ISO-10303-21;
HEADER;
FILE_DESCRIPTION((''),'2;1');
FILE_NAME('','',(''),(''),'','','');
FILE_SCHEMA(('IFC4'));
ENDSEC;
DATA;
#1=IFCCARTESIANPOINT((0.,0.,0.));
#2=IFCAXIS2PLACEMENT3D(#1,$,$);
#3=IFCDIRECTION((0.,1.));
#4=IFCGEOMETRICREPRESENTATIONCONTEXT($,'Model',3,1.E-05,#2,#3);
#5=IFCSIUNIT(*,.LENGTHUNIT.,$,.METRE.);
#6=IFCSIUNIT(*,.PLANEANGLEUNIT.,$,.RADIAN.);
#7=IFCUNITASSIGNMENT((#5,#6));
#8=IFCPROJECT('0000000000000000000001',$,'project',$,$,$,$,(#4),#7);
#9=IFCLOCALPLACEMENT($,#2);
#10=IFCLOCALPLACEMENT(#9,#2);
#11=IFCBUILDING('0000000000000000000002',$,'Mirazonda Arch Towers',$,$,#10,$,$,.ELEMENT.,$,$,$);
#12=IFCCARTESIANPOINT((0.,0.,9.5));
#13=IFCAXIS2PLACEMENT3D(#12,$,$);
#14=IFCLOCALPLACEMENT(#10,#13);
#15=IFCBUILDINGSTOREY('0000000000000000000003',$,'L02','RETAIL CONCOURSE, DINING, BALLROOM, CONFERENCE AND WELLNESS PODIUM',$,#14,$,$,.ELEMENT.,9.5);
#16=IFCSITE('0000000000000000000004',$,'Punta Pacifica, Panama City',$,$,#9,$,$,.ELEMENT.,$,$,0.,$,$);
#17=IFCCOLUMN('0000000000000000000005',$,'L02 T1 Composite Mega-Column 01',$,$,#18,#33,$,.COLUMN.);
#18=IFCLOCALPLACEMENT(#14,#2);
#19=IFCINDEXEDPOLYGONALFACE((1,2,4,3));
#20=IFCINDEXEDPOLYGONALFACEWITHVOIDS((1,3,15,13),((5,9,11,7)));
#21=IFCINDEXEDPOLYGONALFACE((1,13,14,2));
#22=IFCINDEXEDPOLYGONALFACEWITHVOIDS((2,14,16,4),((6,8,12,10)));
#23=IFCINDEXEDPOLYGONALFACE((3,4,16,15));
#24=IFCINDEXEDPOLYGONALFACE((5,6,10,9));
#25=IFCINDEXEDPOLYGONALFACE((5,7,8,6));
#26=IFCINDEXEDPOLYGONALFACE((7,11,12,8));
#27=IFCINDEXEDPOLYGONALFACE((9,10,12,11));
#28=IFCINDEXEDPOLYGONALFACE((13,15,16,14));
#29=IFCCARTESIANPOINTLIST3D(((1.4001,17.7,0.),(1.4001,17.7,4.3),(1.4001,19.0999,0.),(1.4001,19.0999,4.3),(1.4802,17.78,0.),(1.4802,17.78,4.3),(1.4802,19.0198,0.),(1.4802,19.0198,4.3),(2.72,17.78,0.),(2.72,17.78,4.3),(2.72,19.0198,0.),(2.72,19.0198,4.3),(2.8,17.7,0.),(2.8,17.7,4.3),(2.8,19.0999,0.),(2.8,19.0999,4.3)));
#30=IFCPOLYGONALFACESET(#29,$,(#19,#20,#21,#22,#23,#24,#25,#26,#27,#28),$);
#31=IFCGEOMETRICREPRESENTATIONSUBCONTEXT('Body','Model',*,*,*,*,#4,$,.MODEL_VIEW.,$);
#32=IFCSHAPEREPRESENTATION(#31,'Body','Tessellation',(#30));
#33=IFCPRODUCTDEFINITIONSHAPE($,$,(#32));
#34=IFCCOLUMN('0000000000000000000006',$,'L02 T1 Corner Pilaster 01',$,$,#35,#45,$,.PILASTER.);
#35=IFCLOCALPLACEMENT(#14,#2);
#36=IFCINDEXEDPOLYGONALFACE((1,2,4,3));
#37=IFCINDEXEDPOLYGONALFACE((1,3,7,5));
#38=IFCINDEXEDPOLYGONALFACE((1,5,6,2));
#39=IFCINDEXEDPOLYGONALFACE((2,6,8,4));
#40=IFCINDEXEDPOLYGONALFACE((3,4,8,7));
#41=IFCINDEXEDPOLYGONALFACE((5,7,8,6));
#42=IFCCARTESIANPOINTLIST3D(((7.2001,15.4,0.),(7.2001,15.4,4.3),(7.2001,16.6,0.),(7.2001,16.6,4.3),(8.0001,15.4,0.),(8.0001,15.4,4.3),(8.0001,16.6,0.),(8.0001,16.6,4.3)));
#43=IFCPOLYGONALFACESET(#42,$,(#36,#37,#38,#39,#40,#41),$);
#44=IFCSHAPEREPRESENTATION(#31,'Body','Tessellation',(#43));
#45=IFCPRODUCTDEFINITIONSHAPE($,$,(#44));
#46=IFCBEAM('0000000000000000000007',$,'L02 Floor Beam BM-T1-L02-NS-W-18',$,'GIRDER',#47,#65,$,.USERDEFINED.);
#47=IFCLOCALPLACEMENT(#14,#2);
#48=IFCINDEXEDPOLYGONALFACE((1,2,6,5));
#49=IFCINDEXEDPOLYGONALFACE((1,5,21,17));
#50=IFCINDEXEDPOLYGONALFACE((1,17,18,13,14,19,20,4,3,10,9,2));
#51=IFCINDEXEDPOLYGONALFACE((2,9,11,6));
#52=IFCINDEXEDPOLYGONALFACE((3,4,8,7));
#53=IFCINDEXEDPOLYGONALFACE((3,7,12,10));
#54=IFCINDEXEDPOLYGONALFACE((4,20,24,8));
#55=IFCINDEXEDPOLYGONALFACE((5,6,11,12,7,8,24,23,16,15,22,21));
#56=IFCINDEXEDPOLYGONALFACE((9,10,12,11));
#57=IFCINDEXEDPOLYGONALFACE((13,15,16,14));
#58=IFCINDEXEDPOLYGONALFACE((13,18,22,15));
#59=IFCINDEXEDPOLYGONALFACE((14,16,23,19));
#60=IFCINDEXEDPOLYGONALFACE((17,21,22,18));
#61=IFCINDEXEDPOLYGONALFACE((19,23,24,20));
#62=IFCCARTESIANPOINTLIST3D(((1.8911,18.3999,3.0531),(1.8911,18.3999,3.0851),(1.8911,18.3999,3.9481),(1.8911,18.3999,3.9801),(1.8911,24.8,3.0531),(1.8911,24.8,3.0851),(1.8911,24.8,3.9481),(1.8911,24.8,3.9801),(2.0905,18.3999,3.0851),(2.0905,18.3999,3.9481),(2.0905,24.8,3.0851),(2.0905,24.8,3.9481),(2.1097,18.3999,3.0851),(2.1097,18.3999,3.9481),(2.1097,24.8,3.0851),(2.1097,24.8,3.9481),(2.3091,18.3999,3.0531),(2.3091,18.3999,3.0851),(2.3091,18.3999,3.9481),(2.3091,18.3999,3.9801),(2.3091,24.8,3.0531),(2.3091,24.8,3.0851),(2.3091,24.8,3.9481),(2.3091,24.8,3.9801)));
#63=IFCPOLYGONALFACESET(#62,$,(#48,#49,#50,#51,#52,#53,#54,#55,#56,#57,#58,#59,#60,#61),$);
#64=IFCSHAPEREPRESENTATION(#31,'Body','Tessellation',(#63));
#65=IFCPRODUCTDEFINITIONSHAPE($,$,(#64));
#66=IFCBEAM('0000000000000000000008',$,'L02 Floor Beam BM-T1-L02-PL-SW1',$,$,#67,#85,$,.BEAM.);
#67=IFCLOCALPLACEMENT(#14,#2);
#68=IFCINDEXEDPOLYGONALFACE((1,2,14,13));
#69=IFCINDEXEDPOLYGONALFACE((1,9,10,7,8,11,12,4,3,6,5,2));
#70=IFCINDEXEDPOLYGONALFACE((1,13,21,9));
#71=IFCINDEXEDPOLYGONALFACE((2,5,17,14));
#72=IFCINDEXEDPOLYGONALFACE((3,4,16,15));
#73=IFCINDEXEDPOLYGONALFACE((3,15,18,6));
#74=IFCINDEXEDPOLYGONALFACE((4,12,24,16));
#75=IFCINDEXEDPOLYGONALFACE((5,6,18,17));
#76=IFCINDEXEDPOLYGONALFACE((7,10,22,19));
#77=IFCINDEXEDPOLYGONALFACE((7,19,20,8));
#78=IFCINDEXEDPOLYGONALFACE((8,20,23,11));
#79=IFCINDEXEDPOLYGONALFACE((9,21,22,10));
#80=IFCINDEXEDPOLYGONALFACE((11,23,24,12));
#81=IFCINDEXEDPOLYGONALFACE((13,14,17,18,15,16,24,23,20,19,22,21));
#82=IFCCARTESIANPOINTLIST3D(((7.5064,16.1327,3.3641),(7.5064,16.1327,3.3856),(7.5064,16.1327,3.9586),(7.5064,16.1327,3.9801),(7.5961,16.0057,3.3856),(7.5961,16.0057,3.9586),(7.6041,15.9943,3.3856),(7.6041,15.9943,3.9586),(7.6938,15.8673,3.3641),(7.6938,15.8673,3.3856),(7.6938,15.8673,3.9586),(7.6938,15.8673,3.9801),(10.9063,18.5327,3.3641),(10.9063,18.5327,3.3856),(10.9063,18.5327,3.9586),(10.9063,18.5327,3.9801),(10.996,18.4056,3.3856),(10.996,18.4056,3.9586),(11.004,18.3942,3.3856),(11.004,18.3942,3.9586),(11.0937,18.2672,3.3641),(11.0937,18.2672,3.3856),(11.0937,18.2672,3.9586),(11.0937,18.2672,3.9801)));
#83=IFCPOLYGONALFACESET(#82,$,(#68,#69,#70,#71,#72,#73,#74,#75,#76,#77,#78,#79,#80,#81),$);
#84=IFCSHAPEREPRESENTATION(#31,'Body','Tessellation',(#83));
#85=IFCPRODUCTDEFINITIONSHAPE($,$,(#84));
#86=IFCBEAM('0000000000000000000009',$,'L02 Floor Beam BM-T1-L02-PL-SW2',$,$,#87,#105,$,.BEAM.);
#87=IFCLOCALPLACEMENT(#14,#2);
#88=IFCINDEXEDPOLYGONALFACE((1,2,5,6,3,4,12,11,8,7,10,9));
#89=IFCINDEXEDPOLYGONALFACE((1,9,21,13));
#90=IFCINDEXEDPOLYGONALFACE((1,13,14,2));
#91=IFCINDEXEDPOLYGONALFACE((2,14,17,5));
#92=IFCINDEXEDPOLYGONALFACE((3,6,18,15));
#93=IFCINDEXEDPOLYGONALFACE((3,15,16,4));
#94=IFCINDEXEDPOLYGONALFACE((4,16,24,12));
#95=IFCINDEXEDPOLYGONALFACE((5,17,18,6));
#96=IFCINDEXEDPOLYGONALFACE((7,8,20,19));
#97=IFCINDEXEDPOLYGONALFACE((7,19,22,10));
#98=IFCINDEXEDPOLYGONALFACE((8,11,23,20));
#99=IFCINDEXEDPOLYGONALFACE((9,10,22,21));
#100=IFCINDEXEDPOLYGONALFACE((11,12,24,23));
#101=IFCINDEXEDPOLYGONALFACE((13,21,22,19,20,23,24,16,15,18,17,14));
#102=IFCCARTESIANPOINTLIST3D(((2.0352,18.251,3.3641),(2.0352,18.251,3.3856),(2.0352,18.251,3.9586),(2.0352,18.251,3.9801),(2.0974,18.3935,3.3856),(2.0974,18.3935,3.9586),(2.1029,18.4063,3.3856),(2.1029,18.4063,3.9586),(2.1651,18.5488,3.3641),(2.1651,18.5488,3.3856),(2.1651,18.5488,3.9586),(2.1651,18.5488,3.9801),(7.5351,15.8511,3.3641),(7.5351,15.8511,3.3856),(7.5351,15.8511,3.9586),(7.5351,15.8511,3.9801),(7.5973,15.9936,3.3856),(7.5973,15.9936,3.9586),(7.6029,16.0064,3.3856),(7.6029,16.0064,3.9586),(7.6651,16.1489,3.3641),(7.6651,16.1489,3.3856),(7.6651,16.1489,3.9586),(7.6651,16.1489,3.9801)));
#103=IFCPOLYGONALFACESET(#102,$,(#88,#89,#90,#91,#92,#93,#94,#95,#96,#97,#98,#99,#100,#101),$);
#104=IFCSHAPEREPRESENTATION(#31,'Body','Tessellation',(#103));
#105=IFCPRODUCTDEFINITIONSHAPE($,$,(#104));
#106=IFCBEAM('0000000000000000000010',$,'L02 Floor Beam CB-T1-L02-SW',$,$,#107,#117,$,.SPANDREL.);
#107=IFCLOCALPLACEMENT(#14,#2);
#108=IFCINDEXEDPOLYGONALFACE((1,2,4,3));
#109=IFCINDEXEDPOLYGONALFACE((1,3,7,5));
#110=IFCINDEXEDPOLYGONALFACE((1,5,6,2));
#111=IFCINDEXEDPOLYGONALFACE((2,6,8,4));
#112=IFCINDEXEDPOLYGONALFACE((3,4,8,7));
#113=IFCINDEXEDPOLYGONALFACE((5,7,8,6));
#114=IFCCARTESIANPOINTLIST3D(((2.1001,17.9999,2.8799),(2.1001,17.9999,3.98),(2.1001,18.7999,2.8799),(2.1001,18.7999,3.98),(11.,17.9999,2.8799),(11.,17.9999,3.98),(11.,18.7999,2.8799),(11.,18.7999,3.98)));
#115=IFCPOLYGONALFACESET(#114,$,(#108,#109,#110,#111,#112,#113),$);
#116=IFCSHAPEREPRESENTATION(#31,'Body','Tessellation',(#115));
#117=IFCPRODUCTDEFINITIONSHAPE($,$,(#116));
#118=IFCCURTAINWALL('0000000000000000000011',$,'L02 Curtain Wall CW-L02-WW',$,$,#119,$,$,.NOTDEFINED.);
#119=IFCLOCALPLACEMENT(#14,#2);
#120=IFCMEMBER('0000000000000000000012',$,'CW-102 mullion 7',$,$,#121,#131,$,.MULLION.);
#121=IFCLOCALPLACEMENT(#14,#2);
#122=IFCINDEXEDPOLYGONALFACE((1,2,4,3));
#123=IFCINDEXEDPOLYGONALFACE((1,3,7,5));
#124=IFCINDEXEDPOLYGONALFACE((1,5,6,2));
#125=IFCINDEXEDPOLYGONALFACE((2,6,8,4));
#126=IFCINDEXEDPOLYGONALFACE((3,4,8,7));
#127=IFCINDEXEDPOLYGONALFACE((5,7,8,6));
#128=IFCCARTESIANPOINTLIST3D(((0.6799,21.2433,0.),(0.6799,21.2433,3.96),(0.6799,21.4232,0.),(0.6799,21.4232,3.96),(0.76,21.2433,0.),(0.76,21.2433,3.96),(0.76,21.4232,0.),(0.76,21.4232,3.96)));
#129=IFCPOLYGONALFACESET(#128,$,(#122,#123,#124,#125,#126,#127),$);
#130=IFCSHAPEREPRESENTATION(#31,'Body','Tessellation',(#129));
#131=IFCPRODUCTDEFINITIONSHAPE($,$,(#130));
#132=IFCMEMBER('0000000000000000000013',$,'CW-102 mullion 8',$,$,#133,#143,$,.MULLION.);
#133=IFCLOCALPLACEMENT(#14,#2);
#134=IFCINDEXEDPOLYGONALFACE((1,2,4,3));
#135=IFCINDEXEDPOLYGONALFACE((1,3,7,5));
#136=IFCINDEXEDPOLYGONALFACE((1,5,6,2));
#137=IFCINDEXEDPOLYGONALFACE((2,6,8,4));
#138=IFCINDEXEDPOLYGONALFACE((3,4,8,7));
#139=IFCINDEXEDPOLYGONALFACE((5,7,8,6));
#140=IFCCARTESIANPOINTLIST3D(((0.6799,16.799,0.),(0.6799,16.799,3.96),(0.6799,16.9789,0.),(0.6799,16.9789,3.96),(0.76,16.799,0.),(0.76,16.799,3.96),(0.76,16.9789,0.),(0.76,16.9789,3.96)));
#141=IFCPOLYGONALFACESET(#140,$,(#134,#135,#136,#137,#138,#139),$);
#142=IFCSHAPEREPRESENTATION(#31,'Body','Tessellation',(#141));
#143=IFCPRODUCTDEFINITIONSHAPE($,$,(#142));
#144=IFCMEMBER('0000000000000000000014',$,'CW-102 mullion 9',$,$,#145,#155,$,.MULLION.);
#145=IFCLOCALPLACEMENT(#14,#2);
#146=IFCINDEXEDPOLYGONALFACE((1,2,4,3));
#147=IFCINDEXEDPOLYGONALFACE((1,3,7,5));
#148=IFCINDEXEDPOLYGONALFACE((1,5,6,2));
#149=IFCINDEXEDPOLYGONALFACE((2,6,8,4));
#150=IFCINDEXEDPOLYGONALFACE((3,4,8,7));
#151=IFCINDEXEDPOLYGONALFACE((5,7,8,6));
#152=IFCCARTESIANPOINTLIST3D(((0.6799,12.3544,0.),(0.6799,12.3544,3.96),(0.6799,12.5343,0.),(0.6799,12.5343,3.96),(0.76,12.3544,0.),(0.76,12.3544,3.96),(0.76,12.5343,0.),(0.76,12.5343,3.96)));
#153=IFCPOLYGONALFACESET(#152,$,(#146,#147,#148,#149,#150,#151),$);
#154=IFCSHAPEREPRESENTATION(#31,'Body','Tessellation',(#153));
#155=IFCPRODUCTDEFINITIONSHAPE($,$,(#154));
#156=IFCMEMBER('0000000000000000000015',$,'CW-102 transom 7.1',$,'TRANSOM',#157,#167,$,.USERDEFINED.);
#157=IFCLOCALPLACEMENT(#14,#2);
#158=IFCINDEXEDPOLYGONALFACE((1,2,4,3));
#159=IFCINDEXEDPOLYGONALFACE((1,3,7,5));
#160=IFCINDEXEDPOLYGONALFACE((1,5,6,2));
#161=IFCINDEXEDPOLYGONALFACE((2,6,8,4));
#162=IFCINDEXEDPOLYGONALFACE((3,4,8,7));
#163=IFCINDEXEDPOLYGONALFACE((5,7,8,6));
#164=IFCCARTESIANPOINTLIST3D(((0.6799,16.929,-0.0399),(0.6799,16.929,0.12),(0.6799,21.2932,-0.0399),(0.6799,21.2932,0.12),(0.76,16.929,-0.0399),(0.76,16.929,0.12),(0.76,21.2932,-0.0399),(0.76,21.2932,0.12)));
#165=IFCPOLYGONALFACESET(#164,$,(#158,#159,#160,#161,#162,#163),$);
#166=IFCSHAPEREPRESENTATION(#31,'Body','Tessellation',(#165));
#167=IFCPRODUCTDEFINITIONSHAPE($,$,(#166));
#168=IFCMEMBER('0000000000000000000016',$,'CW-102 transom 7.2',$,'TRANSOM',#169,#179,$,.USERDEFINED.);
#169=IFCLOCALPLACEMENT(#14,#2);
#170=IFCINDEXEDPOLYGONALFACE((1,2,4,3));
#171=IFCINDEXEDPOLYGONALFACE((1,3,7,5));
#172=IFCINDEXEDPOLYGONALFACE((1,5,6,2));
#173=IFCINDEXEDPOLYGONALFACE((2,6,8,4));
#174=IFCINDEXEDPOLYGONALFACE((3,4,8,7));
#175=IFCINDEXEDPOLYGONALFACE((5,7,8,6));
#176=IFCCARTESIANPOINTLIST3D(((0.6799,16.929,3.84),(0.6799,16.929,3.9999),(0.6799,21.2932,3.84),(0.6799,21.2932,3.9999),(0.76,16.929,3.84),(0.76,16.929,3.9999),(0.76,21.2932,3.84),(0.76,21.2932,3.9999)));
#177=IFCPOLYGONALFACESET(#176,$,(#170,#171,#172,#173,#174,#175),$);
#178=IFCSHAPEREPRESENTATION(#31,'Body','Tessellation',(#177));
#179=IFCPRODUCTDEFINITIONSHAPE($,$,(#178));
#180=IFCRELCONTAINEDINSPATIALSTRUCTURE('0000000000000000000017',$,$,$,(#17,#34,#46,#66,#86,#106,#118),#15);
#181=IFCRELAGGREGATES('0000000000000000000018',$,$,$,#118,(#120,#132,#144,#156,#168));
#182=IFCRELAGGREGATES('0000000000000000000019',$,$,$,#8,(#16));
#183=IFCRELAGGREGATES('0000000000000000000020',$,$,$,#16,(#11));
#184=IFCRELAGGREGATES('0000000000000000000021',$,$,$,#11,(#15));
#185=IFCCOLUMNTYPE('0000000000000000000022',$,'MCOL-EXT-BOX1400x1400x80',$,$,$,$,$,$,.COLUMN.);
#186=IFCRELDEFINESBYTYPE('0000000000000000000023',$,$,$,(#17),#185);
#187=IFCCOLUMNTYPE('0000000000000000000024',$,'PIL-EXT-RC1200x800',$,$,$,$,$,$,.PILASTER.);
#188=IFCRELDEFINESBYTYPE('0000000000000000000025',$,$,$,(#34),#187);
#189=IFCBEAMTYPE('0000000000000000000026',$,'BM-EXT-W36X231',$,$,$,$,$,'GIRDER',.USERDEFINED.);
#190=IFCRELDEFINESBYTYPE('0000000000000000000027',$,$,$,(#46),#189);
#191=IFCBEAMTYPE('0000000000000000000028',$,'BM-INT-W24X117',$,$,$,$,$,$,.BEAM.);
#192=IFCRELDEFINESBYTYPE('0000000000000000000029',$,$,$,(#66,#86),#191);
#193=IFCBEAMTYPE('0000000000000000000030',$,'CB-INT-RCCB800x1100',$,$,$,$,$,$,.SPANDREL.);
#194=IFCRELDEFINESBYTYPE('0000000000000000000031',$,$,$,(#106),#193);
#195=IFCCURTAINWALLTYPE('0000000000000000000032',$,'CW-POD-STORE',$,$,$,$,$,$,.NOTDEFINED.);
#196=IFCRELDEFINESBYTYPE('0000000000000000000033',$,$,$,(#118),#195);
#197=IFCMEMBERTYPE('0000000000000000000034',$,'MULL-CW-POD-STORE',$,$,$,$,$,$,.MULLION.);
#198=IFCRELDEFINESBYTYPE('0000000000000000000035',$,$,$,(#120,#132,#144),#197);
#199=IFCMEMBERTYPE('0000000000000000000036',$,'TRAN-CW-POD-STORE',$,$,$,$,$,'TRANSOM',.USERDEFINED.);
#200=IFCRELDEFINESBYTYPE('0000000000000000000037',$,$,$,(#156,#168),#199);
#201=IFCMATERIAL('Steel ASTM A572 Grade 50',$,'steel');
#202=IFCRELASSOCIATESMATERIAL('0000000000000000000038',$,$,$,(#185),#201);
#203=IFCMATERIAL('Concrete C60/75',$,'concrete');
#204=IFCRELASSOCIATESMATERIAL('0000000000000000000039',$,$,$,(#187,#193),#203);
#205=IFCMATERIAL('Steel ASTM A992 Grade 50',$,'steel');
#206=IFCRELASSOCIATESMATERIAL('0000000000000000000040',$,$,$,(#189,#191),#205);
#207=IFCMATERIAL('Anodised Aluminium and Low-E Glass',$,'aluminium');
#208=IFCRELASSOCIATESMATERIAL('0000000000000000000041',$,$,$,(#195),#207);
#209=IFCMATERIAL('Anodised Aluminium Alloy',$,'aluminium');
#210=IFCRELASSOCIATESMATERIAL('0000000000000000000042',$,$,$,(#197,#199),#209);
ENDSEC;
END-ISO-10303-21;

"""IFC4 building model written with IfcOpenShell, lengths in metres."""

from ifc_helpers import new_model, si_unit, direction, frame, origin, origin_2d, place, context, subcontext, project, spatial, rectangle, hollow_rectangle, i_section, extrude, material, material_profile, profile_set, type_object, element, aggregate, save


model = new_model("IFC4")

# Units and contexts
model_context = context("Model", 3, precision=1e-05, world=origin(), true_north=direction((0.0, 1.0)))
body_context = subcontext(model_context, "Body", "Model", "MODEL_VIEW")
ifc_project = project(units=[si_unit("LENGTHUNIT", "METRE"), si_unit("PLANEANGLEUNIT", "RADIAN")], contexts=[model_context])

# Site, building, storey
site_placement = place(None, origin())
site = spatial("IfcSite", under=ifc_project, at=site_placement, Name="Punta Pacifica, Panama City", CompositionType="ELEMENT", RefElevation=0.0)
building_placement = place(site_placement, origin())
building = spatial("IfcBuilding", under=site, at=building_placement, Name="Mirazonda Arch Towers", CompositionType="ELEMENT")
storey_placement = place(building_placement, frame((0.0, 0.0, 9.5)))
storey = spatial("IfcBuildingStorey", under=building, at=storey_placement, Name="L02", Description="RETAIL CONCOURSE, DINING, BALLROOM, CONFERENCE AND WELLNESS PODIUM", CompositionType="ELEMENT", Elevation=9.5)

# Columns
ifc_material_1 = material(Name="Steel ASTM A572 Grade 50", Category="steel")
ifc_material_profile_1 = material_profile(ifc_material_1, hollow_rectangle(XDim=1.3999, YDim=1.3999, WallThickness=0.0801, at=origin_2d()), Name="BOX1400x1400x80")
ifc_profile_set_1 = profile_set([ifc_material_profile_1], Name="Steel ASTM A572 Grade 50")
column_type_1 = type_object("IfcColumnType", Name="MCOL-EXT-BOX1400x1400x80", PredefinedType="COLUMN", material=ifc_profile_set_1)
column_1_placement = place(storey_placement, frame((2.1001, 18.3999, 0.0), z_axis=(0.0, 0.0, 1.0), x_axis=(1.0, 0.0, 0.0)))
element("IfcColumn", 1, at=column_1_placement, inside=storey, type_object=column_type_1, Name="L02 T1 Composite Mega-Column 01", PredefinedType="COLUMN", context=body_context, shape_type="SweptSolid", body=[
    extrude(hollow_rectangle(XDim=1.3999, YDim=1.3999, WallThickness=0.0801, at=origin_2d()), origin(), (0.0, 0.0, 1.0), 4.3),
])
ifc_material_2 = material(Name="Concrete C60/75", Category="concrete")
ifc_material_profile_2 = material_profile(ifc_material_2, rectangle(XDim=0.8, YDim=1.2, at=origin_2d()), Name="RC1200x800")
ifc_profile_set_2 = profile_set([ifc_material_profile_2], Name="Concrete C60/75")
column_type_2 = type_object("IfcColumnType", Name="PIL-EXT-RC1200x800", PredefinedType="PILASTER", material=ifc_profile_set_2)
column_2_placement = place(storey_placement, frame((7.6001, 16.0, 0.0), z_axis=(0.0, 0.0, 1.0), x_axis=(1.0, 0.0, 0.0)))
element("IfcColumn", 2, at=column_2_placement, inside=storey, type_object=column_type_2, Name="L02 T1 Corner Pilaster 01", PredefinedType="PILASTER", context=body_context, shape_type="SweptSolid", body=[
    extrude(rectangle(XDim=0.8, YDim=1.2, at=origin_2d()), origin(), (0.0, 0.0, 1.0), 4.3),
])

# Beams
ifc_material_3 = material(Name="Steel ASTM A992 Grade 50", Category="steel")
ifc_material_profile_3 = material_profile(ifc_material_3, i_section(OverallWidth=0.418, OverallDepth=0.927, WebThickness=0.0193, FlangeThickness=0.032, at=origin_2d()), Name="W36X231")
ifc_profile_set_3 = profile_set([ifc_material_profile_3], Name="Steel ASTM A992 Grade 50")
beam_type_1 = type_object("IfcBeamType", Name="BM-EXT-W36X231", ElementType="GIRDER", PredefinedType="USERDEFINED", material=ifc_profile_set_3)
beam_1_placement = place(storey_placement, frame((2.1001, 18.3999, 3.5166), z_axis=(0.0, 1.0, 0.0), x_axis=(-1.0, 0.0, 0.0)))
element("IfcBeam", 3, at=beam_1_placement, inside=storey, type_object=beam_type_1, Name="L02 Floor Beam BM-T1-L02-NS-W-18", ObjectType="GIRDER", PredefinedType="USERDEFINED", context=body_context, shape_type="SweptSolid", body=[
    extrude(i_section(OverallWidth=0.418, OverallDepth=0.927, WebThickness=0.0193, FlangeThickness=0.032, at=origin_2d()), origin(), (0.0, 0.0, 1.0), 6.4001),
])
ifc_material_profile_4 = material_profile(ifc_material_3, i_section(OverallWidth=0.325, OverallDepth=0.616, WebThickness=0.0139, FlangeThickness=0.0215, at=origin_2d()), Name="W24X117")
ifc_profile_set_4 = profile_set([ifc_material_profile_4], Name="Steel ASTM A992 Grade 50")
beam_type_2 = type_object("IfcBeamType", Name="BM-INT-W24X117", PredefinedType="BEAM", material=ifc_profile_set_4)
beam_2_placement = place(storey_placement, frame((7.6001, 16.0, 3.6721), z_axis=(0.816971, 0.576679, 0.0), x_axis=(-0.576679, 0.816971, 0.0)))
element("IfcBeam", 4, at=beam_2_placement, inside=storey, type_object=beam_type_2, Name="L02 Floor Beam BM-T1-L02-PL-SW1", PredefinedType="BEAM", context=body_context, shape_type="SweptSolid", body=[
    extrude(i_section(OverallWidth=0.325, OverallDepth=0.616, WebThickness=0.0139, FlangeThickness=0.0215, at=origin_2d()), origin(), (0.0, 0.0, 1.0), 4.1616),
])
beam_3_placement = place(storey_placement, frame((7.6001, 16.0, 3.6721), z_axis=(-0.916545, 0.399931, 0.0), x_axis=(-0.399931, -0.916545, 0.0)))
element("IfcBeam", 5, at=beam_3_placement, inside=storey, type_object=beam_type_2, Name="L02 Floor Beam BM-T1-L02-PL-SW2", PredefinedType="BEAM", context=body_context, shape_type="SweptSolid", body=[
    extrude(i_section(OverallWidth=0.325, OverallDepth=0.616, WebThickness=0.0139, FlangeThickness=0.0215, at=origin_2d()), origin(), (0.0, 0.0, 1.0), 6.0007),
])
ifc_material_profile_5 = material_profile(ifc_material_2, rectangle(XDim=0.8, YDim=1.1001, at=origin_2d()), Name="RCCB800x1100")
ifc_profile_set_5 = profile_set([ifc_material_profile_5], Name="Concrete C60/75")
beam_type_3 = type_object("IfcBeamType", Name="CB-INT-RCCB800x1100", PredefinedType="SPANDREL", material=ifc_profile_set_5)
beam_4_placement = place(storey_placement, frame((2.1001, 18.3999, 3.4299), z_axis=(1.0, 0.0, 0.0), x_axis=(0.0, 1.0, 0.0)))
element("IfcBeam", 6, at=beam_4_placement, inside=storey, type_object=beam_type_3, Name="L02 Floor Beam CB-T1-L02-SW", PredefinedType="SPANDREL", context=body_context, shape_type="SweptSolid", body=[
    extrude(rectangle(XDim=0.8, YDim=1.1001, at=origin_2d()), origin(), (0.0, 0.0, 1.0), 8.8999),
])

# Curtain wall, members
ifc_material_4 = material(Name="Anodised Aluminium and Low-E Glass", Category="aluminium")
curtain_wall_type = type_object("IfcCurtainWallType", Name="CW-POD-STORE", PredefinedType="NOTDEFINED", material=ifc_material_4)
curtain_wall_placement = place(storey_placement, origin())
curtain_wall = element("IfcCurtainWall", 7, at=curtain_wall_placement, inside=storey, type_object=curtain_wall_type, Name="L02 Curtain Wall CW-L02-WW", PredefinedType="NOTDEFINED")
ifc_material_5 = material(Name="Anodised Aluminium Alloy", Category="aluminium")
ifc_material_profile_6 = material_profile(ifc_material_5, rectangle(XDim=0.0801, YDim=0.1799, at=origin_2d()), Name="ALU-MULL-80x180")
ifc_profile_set_6 = profile_set([ifc_material_profile_6], Name="Anodised Aluminium Alloy")
member_type_1 = type_object("IfcMemberType", Name="MULL-CW-POD-STORE", PredefinedType="MULLION", material=ifc_profile_set_6)
member_1_placement = place(storey_placement, frame((0.72, 21.3333, 0.0), z_axis=(0.0, 0.0, 1.0), x_axis=(1.0, 0.0, 0.0)))
member_1 = element("IfcMember", 8, at=member_1_placement, type_object=member_type_1, Name="CW-102 mullion 7", PredefinedType="MULLION", context=body_context, shape_type="SweptSolid", body=[
    extrude(rectangle(XDim=0.0801, YDim=0.1799, at=origin_2d()), origin(), (0.0, 0.0, 1.0), 3.96),
])
member_2_placement = place(storey_placement, frame((0.72, 16.8889, 0.0), z_axis=(0.0, 0.0, 1.0), x_axis=(1.0, 0.0, 0.0)))
member_2 = element("IfcMember", 9, at=member_2_placement, type_object=member_type_1, Name="CW-102 mullion 8", PredefinedType="MULLION", context=body_context, shape_type="SweptSolid", body=[
    extrude(rectangle(XDim=0.0801, YDim=0.1799, at=origin_2d()), origin(), (0.0, 0.0, 1.0), 3.96),
])
member_3_placement = place(storey_placement, frame((0.72, 12.4443, 0.0), z_axis=(0.0, 0.0, 1.0), x_axis=(1.0, 0.0, 0.0)))
member_3 = element("IfcMember", 10, at=member_3_placement, type_object=member_type_1, Name="CW-102 mullion 9", PredefinedType="MULLION", context=body_context, shape_type="SweptSolid", body=[
    extrude(rectangle(XDim=0.0801, YDim=0.1799, at=origin_2d()), origin(), (0.0, 0.0, 1.0), 3.96),
])
ifc_material_profile_7 = material_profile(ifc_material_5, rectangle(XDim=0.0801, YDim=0.1599, at=origin_2d()), Name="ALU-TRAN-80x160")
ifc_profile_set_7 = profile_set([ifc_material_profile_7], Name="Anodised Aluminium Alloy")
member_type_2 = type_object("IfcMemberType", Name="TRAN-CW-POD-STORE", ElementType="TRANSOM", PredefinedType="USERDEFINED", material=ifc_profile_set_7)
member_4_placement = place(storey_placement, frame((0.72, 21.2932, 0.04), z_axis=(0.0, -1.0, 0.0), x_axis=(1.0, 0.0, 0.0)))
member_4 = element("IfcMember", 11, at=member_4_placement, type_object=member_type_2, Name="CW-102 transom 7.1", ObjectType="TRANSOM", PredefinedType="USERDEFINED", context=body_context, shape_type="SweptSolid", body=[
    extrude(rectangle(XDim=0.0801, YDim=0.1599, at=origin_2d()), origin(), (0.0, 0.0, 1.0), 4.3643),
])
member_5_placement = place(storey_placement, frame((0.72, 21.2932, 3.9199), z_axis=(0.0, -1.0, 0.0), x_axis=(1.0, 0.0, 0.0)))
member_5 = element("IfcMember", 12, at=member_5_placement, type_object=member_type_2, Name="CW-102 transom 7.2", ObjectType="TRANSOM", PredefinedType="USERDEFINED", context=body_context, shape_type="SweptSolid", body=[
    extrude(rectangle(XDim=0.0801, YDim=0.1599, at=origin_2d()), origin(), (0.0, 0.0, 1.0), 4.3643),
])
aggregate(curtain_wall, [member_1, member_2, member_3, member_4, member_5])

save(model, "model.ifc")
